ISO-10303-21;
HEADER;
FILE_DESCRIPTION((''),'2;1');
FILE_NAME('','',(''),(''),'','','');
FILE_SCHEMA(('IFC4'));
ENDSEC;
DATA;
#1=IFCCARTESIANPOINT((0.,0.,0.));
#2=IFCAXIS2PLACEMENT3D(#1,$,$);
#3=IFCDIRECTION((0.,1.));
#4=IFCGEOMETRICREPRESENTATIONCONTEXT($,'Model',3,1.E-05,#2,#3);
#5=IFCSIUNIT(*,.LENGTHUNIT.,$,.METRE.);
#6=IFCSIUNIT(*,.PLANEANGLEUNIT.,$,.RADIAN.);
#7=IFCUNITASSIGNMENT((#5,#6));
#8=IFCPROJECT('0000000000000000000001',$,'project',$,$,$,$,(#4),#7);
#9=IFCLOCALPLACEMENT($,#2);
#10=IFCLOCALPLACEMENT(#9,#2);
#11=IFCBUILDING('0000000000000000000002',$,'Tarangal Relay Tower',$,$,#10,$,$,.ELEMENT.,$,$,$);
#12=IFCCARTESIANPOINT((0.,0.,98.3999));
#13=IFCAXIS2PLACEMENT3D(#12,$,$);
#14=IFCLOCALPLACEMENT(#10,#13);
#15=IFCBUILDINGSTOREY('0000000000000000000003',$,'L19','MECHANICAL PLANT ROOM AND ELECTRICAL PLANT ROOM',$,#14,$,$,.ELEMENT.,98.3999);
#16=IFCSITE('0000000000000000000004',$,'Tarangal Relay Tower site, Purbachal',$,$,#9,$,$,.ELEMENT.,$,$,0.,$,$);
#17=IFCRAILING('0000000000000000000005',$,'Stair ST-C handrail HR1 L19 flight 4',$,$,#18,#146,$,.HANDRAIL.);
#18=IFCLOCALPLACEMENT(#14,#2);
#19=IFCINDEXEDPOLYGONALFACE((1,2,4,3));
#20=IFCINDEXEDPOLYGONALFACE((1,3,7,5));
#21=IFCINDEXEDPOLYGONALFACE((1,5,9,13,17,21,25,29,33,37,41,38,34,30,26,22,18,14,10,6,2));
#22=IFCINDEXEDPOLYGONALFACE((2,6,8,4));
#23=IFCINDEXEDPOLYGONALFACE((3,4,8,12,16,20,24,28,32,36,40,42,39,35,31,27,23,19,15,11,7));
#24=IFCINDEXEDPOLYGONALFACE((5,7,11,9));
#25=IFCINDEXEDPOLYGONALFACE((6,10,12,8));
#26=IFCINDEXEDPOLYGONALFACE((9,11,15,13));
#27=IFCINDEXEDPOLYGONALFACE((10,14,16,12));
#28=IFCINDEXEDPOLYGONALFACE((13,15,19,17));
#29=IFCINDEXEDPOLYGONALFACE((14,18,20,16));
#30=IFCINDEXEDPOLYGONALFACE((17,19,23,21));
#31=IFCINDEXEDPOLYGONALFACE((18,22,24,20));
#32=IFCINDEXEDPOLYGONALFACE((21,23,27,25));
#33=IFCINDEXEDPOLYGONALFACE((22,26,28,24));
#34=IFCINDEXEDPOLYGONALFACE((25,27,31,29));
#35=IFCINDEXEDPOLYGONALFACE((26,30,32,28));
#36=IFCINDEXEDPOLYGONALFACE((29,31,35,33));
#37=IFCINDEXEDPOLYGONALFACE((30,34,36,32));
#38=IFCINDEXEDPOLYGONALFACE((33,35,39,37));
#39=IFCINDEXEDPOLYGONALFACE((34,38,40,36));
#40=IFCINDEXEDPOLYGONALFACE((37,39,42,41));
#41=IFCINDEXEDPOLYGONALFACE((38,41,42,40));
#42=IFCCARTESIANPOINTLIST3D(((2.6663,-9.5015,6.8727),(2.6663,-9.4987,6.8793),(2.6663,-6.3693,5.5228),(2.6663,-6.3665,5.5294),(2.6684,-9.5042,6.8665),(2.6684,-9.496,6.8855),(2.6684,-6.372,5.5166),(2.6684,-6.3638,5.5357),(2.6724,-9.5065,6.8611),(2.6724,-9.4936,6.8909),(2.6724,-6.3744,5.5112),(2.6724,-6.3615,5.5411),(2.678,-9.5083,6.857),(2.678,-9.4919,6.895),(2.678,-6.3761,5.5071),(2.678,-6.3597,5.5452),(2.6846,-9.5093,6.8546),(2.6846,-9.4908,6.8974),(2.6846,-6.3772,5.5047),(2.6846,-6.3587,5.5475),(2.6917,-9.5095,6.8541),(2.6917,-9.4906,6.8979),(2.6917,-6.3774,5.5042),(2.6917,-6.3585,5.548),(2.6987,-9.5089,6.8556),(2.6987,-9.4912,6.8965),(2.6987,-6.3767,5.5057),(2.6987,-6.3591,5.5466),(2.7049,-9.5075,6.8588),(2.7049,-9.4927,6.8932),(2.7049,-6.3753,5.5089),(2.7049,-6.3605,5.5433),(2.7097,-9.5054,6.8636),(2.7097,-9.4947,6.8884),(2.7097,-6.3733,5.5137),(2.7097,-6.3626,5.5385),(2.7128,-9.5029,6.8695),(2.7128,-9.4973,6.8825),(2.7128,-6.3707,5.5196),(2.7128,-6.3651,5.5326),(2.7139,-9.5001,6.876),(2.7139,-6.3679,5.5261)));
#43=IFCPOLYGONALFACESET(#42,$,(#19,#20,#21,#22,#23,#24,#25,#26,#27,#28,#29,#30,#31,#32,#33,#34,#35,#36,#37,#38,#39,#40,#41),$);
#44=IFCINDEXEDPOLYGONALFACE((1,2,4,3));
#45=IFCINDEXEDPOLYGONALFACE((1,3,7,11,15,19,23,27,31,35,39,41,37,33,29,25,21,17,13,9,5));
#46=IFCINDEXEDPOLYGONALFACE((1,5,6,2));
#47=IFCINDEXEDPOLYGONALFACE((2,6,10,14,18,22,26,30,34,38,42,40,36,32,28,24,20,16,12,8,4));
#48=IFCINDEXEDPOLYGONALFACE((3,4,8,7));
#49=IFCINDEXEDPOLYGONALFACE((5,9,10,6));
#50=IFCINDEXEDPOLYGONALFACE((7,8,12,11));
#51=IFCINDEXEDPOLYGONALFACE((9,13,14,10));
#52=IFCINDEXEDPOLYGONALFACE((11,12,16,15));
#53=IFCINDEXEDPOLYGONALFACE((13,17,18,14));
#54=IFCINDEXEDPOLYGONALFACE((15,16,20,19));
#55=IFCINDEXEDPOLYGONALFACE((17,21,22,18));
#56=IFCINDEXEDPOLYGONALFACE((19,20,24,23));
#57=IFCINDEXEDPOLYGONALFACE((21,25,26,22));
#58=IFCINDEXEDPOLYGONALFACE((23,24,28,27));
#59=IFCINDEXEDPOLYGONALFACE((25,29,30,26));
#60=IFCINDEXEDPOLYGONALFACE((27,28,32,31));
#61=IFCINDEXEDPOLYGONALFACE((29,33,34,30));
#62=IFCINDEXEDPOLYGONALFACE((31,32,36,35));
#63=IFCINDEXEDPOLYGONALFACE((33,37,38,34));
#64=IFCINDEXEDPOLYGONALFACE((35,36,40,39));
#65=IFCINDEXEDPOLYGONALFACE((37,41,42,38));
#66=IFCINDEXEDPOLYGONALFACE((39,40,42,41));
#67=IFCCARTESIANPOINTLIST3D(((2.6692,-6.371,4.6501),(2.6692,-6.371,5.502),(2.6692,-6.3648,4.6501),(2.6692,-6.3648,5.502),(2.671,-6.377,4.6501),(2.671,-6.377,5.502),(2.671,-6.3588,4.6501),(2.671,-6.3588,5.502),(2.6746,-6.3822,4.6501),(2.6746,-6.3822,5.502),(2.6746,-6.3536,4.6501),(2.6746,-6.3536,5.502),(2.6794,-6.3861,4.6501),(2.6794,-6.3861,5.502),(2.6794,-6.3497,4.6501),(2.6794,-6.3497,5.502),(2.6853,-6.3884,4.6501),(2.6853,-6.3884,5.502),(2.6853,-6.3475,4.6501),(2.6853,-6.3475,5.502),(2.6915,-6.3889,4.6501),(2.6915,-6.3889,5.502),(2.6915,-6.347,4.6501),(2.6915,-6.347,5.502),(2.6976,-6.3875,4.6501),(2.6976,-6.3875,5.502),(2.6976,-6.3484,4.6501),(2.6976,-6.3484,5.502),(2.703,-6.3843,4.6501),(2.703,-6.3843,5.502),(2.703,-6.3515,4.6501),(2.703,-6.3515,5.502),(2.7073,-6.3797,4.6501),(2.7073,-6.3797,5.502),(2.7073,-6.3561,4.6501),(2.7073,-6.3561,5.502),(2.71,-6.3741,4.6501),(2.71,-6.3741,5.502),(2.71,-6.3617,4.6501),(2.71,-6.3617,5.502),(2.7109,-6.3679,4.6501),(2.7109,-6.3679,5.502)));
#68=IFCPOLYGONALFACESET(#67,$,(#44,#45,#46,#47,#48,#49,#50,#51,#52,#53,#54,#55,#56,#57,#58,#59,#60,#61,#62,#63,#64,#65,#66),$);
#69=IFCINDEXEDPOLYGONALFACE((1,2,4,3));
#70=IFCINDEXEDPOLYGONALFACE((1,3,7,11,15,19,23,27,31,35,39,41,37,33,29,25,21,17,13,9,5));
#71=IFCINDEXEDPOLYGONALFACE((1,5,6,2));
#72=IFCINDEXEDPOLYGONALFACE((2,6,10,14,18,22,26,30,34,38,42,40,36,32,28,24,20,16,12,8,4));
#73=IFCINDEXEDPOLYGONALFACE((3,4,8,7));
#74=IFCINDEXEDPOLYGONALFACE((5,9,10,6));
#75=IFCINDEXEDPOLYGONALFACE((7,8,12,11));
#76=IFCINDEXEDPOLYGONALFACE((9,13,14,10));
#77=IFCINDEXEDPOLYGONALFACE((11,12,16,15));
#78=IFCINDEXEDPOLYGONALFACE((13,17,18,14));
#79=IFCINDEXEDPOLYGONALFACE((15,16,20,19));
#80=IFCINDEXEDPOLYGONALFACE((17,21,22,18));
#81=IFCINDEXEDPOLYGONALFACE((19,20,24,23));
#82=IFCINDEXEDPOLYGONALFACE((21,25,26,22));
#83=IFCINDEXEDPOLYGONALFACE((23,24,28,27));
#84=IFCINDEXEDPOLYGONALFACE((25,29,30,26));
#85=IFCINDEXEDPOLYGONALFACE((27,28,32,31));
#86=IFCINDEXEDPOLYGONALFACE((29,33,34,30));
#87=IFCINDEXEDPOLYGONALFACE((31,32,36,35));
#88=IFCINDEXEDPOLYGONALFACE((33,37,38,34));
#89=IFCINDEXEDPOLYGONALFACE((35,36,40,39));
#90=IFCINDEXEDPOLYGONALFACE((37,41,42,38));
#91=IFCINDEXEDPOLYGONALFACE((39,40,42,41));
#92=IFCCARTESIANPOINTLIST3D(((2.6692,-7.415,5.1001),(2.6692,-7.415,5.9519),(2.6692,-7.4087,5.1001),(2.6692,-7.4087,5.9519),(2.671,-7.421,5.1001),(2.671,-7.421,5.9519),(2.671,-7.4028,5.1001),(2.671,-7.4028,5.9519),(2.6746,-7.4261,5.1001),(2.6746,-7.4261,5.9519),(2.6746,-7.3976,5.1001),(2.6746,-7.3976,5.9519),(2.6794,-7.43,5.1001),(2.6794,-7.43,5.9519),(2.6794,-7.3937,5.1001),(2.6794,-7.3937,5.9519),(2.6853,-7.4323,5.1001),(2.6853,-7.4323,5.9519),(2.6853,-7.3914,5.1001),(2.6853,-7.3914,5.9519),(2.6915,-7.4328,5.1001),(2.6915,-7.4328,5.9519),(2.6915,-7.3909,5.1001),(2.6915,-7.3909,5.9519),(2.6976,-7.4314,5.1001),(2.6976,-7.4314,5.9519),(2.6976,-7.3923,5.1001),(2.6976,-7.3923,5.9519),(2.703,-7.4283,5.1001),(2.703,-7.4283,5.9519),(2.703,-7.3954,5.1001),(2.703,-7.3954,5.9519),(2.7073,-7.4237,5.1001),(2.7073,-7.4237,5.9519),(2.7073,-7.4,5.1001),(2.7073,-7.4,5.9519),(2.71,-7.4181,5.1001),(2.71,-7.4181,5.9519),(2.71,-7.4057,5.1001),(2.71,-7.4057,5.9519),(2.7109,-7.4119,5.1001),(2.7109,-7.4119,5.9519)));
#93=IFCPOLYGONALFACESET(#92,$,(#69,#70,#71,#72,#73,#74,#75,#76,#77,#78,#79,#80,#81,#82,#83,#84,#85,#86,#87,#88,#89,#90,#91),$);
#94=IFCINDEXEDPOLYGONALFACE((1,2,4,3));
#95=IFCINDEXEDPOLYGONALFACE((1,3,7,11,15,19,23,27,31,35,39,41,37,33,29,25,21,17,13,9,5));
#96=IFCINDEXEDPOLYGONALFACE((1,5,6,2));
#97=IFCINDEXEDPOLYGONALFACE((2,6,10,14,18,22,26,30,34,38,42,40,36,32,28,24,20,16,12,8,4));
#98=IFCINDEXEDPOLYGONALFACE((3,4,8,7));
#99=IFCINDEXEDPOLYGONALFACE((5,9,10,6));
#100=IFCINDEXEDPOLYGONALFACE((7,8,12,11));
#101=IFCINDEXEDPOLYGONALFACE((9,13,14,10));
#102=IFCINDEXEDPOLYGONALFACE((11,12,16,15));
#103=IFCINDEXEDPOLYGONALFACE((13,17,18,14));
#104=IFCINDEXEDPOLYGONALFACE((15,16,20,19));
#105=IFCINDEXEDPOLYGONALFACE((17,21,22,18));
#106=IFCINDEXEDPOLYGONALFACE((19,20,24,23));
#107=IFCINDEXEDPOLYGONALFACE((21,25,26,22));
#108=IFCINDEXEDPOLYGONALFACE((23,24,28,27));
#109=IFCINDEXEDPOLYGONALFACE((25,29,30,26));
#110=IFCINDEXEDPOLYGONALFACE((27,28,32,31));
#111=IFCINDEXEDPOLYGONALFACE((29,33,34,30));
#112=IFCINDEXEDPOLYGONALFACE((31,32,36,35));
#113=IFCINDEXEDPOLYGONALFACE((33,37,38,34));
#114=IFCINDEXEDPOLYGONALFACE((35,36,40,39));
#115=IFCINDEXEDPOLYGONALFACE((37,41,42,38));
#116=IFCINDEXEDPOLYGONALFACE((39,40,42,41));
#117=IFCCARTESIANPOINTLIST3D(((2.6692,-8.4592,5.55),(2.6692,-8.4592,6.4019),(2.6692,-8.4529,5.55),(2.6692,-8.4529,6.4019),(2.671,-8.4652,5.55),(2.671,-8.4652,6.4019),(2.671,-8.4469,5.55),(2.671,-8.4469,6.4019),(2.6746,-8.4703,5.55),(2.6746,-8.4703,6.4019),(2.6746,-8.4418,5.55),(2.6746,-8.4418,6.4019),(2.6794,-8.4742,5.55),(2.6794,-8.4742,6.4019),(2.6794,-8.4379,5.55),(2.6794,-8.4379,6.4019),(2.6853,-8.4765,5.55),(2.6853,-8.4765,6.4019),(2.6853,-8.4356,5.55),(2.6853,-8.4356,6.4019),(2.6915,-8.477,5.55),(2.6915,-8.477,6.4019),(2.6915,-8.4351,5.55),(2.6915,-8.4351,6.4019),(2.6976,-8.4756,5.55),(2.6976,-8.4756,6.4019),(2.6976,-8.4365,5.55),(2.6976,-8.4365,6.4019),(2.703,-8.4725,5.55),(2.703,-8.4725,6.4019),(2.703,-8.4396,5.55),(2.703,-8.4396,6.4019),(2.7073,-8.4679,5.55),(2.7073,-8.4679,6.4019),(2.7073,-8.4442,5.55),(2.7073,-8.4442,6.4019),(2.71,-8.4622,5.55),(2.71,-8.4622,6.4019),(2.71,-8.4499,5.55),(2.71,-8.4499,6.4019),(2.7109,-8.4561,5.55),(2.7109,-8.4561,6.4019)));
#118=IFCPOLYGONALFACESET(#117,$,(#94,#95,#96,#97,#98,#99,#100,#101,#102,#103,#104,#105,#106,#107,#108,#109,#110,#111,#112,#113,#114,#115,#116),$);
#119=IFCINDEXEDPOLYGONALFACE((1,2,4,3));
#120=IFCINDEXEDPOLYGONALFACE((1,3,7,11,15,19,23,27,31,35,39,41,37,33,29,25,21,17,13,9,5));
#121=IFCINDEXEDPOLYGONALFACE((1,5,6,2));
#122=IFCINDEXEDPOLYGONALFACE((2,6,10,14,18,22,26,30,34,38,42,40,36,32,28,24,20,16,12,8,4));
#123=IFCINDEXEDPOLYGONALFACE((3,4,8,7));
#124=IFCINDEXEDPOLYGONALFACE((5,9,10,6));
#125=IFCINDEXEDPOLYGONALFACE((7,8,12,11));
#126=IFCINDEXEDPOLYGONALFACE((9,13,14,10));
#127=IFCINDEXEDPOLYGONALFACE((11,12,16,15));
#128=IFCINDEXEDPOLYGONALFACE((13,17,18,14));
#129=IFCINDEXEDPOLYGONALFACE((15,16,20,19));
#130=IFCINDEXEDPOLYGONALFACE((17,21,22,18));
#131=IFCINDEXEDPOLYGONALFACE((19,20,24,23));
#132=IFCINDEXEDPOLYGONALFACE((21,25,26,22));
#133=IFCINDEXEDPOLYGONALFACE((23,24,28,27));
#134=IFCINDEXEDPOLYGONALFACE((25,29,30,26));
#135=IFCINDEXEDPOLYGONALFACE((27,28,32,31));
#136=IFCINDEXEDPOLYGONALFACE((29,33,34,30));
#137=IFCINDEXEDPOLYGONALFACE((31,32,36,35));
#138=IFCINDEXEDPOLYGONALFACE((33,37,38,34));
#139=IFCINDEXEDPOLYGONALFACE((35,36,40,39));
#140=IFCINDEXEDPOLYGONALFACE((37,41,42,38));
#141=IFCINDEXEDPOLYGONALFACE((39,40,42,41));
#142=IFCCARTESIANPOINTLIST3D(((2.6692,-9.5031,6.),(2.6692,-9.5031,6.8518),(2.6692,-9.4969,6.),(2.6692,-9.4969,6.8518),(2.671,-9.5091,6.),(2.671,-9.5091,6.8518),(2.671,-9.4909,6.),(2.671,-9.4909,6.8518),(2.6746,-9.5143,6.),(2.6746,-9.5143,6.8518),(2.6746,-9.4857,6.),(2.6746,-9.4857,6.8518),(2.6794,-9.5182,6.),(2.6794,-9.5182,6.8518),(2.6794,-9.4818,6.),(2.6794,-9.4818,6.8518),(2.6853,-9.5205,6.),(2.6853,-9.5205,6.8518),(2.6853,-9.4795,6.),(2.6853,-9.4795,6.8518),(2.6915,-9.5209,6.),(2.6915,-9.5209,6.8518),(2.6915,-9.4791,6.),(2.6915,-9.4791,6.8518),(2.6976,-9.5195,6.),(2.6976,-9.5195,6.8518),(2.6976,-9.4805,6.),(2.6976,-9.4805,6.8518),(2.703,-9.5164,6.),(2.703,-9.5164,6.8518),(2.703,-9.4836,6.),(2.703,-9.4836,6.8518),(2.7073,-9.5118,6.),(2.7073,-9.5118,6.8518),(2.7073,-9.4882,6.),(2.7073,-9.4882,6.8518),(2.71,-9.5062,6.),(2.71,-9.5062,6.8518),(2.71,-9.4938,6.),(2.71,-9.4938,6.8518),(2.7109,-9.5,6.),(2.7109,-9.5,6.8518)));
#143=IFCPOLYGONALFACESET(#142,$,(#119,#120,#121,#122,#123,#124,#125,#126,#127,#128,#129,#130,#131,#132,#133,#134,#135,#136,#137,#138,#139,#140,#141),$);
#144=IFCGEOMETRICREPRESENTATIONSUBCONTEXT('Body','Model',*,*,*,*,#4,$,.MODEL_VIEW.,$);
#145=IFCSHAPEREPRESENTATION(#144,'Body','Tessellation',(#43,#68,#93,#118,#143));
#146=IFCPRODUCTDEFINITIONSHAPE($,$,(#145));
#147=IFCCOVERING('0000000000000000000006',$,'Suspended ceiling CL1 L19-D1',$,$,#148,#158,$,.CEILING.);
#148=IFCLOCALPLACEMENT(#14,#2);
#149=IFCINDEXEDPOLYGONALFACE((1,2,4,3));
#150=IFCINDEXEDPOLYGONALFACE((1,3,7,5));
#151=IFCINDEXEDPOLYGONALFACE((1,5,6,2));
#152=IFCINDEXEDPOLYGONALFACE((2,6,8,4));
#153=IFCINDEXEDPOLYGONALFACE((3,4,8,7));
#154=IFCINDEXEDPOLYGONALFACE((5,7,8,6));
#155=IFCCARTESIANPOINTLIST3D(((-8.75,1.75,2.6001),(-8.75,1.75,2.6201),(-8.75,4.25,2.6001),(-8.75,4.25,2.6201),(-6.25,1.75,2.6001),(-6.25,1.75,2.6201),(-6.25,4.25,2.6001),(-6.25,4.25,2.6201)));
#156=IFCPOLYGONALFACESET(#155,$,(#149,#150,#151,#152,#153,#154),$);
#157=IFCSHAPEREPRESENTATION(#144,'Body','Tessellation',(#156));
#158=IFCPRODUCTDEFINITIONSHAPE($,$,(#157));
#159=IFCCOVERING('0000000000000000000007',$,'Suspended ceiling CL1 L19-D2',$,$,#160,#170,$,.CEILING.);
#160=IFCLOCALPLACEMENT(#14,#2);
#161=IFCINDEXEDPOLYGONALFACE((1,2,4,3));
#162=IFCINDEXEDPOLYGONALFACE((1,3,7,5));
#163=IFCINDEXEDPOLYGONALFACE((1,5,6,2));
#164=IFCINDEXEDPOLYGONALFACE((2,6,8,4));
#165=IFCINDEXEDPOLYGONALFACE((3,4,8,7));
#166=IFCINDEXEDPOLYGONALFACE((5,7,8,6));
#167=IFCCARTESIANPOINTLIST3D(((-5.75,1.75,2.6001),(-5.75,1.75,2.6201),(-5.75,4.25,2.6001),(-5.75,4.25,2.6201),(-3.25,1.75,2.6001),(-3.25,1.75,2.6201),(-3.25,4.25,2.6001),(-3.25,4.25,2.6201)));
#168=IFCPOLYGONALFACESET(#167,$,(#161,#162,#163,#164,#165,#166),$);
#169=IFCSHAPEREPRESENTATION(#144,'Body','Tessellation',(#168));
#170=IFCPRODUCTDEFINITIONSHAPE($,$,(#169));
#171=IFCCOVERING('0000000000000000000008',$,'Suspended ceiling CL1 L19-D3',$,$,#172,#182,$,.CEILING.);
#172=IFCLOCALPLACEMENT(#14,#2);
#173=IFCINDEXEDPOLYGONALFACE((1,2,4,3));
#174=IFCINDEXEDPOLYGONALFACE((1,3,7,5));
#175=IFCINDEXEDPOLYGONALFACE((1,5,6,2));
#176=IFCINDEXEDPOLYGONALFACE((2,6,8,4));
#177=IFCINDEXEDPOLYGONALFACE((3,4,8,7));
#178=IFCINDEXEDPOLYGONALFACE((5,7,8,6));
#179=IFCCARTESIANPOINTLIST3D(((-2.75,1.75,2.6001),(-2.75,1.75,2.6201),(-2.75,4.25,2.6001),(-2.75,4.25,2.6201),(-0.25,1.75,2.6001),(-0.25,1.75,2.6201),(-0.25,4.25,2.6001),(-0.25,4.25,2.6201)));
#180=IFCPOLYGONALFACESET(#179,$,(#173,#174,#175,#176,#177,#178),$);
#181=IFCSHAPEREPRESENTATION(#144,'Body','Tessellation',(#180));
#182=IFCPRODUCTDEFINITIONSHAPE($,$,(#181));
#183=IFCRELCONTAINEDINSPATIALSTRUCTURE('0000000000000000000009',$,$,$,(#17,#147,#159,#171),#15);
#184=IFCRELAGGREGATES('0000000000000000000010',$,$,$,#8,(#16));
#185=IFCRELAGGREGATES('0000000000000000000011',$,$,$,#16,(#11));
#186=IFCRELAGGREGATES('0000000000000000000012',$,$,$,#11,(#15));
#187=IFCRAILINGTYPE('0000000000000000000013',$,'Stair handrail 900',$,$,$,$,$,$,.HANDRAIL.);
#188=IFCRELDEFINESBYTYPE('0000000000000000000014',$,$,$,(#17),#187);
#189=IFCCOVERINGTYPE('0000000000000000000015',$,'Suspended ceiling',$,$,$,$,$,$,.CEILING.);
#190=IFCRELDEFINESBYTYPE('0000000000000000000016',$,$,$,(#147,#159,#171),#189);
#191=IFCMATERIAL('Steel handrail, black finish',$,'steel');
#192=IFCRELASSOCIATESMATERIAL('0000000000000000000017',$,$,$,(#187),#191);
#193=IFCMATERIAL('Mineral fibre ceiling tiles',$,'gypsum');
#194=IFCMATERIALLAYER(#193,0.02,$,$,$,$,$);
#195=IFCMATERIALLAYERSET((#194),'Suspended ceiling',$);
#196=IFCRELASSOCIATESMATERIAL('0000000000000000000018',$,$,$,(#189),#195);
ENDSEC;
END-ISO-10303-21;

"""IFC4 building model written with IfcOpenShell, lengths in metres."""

from ifc_helpers import new_model, si_unit, direction, frame, origin, origin_2d, place, context, subcontext, project, spatial, polyline, circle, outline, extrude, material, layer, layer_set, type_object, element, save


model = new_model("IFC4")

# Units and contexts
model_context = context("Model", 3, precision=1e-05, world=origin(), true_north=direction((0.0, 1.0)))
body_context = subcontext(model_context, "Body", "Model", "MODEL_VIEW")
ifc_project = project(units=[si_unit("LENGTHUNIT", "METRE"), si_unit("PLANEANGLEUNIT", "RADIAN")], contexts=[model_context])

# Site, building, storey
site_placement = place(None, origin())
site = spatial("IfcSite", under=ifc_project, at=site_placement, Name="Tarangal Relay Tower site, Purbachal", CompositionType="ELEMENT", RefElevation=0.0)
building_placement = place(site_placement, origin())
building = spatial("IfcBuilding", under=site, at=building_placement, Name="Tarangal Relay Tower", CompositionType="ELEMENT")
storey_placement = place(building_placement, frame((0.0, 0.0, 98.3999)))
storey = spatial("IfcBuildingStorey", under=building, at=storey_placement, Name="L19", Description="MECHANICAL PLANT ROOM AND ELECTRICAL PLANT ROOM", CompositionType="ELEMENT", Elevation=98.3999)

# Railing
ifc_material_1 = material(Name="Steel handrail, black finish", Category="steel")
railing_type_1 = type_object("IfcRailingType", Name="Stair handrail 900", PredefinedType="HANDRAIL", material=ifc_material_1)
for number, where, name in (
    (1, (2.6899, -6.3679, 4.6501), "Stair ST-C handrail HR1 L19 flight 4"),
):
    element("IfcRailing", number, at=place(storey_placement, frame(where)), inside=storey, type_object=railing_type_1, Name=name, PredefinedType="HANDRAIL", context=body_context, shape_type="SweptSolid", body=[
        extrude(circle(Radius=0.0239, at=origin_2d()), frame((0.0, 0.0, 0.876), z_axis=(0.0, -0.918343, 0.395785), x_axis=(1.0, 0.0, 0.0)), (0.0, 0.0, 1.0), 3.4106),
        extrude(circle(Radius=0.021, at=origin_2d()), origin(), (0.0, 0.0, 1.0), 0.8518),
        extrude(circle(Radius=0.021, at=origin_2d()), frame((0.0, -1.0439, 0.45)), (0.0, 0.0, 1.0), 0.8518),
        extrude(circle(Radius=0.021, at=origin_2d()), frame((0.0, -2.0881, 0.8999)), (0.0, 0.0, 1.0), 0.8518),
        extrude(circle(Radius=0.021, at=origin_2d()), frame((0.0, -3.1321, 1.3499)), (0.0, 0.0, 1.0), 0.8518),
    ])

# Coverings
ifc_material_2 = material(Name="Mineral fibre ceiling tiles", Category="gypsum")
ifc_layer_1 = layer(ifc_material_2, 0.02)
ifc_layer_set_1 = layer_set([ifc_layer_1], Name="Suspended ceiling")
covering_type_1 = type_object("IfcCoveringType", Name="Suspended ceiling", PredefinedType="CEILING", material=ifc_layer_set_1)
covering_1_placement = place(storey_placement, frame((0.0, 0.0, 2.6001)))
element("IfcCovering", 2, at=covering_1_placement, inside=storey, type_object=covering_type_1, Name="Suspended ceiling CL1 L19-D1", PredefinedType="CEILING", context=body_context, shape_type="SweptSolid", body=[
    extrude(outline(polyline([(-8.75, 1.75), (-6.25, 1.75), (-6.25, 4.25), (-8.75, 4.25), (-8.75, 1.75)])), origin(), (0.0, 0.0, 1.0), 0.02),
])
covering_2_placement = place(storey_placement, frame((0.0, 0.0, 2.6001)))
element("IfcCovering", 3, at=covering_2_placement, inside=storey, type_object=covering_type_1, Name="Suspended ceiling CL1 L19-D2", PredefinedType="CEILING", context=body_context, shape_type="SweptSolid", body=[
    extrude(outline(polyline([(-5.75, 1.75), (-3.25, 1.75), (-3.25, 4.25), (-5.75, 4.25), (-5.75, 1.75)])), origin(), (0.0, 0.0, 1.0), 0.02),
])
covering_3_placement = place(storey_placement, frame((0.0, 0.0, 2.6001)))
element("IfcCovering", 4, at=covering_3_placement, inside=storey, type_object=covering_type_1, Name="Suspended ceiling CL1 L19-D3", PredefinedType="CEILING", context=body_context, shape_type="SweptSolid", body=[
    extrude(outline(polyline([(-2.75, 1.75), (-0.25, 1.75), (-0.25, 4.25), (-2.75, 4.25), (-2.75, 1.75)])), origin(), (0.0, 0.0, 1.0), 0.02),
])

save(model, "model.ifc")
